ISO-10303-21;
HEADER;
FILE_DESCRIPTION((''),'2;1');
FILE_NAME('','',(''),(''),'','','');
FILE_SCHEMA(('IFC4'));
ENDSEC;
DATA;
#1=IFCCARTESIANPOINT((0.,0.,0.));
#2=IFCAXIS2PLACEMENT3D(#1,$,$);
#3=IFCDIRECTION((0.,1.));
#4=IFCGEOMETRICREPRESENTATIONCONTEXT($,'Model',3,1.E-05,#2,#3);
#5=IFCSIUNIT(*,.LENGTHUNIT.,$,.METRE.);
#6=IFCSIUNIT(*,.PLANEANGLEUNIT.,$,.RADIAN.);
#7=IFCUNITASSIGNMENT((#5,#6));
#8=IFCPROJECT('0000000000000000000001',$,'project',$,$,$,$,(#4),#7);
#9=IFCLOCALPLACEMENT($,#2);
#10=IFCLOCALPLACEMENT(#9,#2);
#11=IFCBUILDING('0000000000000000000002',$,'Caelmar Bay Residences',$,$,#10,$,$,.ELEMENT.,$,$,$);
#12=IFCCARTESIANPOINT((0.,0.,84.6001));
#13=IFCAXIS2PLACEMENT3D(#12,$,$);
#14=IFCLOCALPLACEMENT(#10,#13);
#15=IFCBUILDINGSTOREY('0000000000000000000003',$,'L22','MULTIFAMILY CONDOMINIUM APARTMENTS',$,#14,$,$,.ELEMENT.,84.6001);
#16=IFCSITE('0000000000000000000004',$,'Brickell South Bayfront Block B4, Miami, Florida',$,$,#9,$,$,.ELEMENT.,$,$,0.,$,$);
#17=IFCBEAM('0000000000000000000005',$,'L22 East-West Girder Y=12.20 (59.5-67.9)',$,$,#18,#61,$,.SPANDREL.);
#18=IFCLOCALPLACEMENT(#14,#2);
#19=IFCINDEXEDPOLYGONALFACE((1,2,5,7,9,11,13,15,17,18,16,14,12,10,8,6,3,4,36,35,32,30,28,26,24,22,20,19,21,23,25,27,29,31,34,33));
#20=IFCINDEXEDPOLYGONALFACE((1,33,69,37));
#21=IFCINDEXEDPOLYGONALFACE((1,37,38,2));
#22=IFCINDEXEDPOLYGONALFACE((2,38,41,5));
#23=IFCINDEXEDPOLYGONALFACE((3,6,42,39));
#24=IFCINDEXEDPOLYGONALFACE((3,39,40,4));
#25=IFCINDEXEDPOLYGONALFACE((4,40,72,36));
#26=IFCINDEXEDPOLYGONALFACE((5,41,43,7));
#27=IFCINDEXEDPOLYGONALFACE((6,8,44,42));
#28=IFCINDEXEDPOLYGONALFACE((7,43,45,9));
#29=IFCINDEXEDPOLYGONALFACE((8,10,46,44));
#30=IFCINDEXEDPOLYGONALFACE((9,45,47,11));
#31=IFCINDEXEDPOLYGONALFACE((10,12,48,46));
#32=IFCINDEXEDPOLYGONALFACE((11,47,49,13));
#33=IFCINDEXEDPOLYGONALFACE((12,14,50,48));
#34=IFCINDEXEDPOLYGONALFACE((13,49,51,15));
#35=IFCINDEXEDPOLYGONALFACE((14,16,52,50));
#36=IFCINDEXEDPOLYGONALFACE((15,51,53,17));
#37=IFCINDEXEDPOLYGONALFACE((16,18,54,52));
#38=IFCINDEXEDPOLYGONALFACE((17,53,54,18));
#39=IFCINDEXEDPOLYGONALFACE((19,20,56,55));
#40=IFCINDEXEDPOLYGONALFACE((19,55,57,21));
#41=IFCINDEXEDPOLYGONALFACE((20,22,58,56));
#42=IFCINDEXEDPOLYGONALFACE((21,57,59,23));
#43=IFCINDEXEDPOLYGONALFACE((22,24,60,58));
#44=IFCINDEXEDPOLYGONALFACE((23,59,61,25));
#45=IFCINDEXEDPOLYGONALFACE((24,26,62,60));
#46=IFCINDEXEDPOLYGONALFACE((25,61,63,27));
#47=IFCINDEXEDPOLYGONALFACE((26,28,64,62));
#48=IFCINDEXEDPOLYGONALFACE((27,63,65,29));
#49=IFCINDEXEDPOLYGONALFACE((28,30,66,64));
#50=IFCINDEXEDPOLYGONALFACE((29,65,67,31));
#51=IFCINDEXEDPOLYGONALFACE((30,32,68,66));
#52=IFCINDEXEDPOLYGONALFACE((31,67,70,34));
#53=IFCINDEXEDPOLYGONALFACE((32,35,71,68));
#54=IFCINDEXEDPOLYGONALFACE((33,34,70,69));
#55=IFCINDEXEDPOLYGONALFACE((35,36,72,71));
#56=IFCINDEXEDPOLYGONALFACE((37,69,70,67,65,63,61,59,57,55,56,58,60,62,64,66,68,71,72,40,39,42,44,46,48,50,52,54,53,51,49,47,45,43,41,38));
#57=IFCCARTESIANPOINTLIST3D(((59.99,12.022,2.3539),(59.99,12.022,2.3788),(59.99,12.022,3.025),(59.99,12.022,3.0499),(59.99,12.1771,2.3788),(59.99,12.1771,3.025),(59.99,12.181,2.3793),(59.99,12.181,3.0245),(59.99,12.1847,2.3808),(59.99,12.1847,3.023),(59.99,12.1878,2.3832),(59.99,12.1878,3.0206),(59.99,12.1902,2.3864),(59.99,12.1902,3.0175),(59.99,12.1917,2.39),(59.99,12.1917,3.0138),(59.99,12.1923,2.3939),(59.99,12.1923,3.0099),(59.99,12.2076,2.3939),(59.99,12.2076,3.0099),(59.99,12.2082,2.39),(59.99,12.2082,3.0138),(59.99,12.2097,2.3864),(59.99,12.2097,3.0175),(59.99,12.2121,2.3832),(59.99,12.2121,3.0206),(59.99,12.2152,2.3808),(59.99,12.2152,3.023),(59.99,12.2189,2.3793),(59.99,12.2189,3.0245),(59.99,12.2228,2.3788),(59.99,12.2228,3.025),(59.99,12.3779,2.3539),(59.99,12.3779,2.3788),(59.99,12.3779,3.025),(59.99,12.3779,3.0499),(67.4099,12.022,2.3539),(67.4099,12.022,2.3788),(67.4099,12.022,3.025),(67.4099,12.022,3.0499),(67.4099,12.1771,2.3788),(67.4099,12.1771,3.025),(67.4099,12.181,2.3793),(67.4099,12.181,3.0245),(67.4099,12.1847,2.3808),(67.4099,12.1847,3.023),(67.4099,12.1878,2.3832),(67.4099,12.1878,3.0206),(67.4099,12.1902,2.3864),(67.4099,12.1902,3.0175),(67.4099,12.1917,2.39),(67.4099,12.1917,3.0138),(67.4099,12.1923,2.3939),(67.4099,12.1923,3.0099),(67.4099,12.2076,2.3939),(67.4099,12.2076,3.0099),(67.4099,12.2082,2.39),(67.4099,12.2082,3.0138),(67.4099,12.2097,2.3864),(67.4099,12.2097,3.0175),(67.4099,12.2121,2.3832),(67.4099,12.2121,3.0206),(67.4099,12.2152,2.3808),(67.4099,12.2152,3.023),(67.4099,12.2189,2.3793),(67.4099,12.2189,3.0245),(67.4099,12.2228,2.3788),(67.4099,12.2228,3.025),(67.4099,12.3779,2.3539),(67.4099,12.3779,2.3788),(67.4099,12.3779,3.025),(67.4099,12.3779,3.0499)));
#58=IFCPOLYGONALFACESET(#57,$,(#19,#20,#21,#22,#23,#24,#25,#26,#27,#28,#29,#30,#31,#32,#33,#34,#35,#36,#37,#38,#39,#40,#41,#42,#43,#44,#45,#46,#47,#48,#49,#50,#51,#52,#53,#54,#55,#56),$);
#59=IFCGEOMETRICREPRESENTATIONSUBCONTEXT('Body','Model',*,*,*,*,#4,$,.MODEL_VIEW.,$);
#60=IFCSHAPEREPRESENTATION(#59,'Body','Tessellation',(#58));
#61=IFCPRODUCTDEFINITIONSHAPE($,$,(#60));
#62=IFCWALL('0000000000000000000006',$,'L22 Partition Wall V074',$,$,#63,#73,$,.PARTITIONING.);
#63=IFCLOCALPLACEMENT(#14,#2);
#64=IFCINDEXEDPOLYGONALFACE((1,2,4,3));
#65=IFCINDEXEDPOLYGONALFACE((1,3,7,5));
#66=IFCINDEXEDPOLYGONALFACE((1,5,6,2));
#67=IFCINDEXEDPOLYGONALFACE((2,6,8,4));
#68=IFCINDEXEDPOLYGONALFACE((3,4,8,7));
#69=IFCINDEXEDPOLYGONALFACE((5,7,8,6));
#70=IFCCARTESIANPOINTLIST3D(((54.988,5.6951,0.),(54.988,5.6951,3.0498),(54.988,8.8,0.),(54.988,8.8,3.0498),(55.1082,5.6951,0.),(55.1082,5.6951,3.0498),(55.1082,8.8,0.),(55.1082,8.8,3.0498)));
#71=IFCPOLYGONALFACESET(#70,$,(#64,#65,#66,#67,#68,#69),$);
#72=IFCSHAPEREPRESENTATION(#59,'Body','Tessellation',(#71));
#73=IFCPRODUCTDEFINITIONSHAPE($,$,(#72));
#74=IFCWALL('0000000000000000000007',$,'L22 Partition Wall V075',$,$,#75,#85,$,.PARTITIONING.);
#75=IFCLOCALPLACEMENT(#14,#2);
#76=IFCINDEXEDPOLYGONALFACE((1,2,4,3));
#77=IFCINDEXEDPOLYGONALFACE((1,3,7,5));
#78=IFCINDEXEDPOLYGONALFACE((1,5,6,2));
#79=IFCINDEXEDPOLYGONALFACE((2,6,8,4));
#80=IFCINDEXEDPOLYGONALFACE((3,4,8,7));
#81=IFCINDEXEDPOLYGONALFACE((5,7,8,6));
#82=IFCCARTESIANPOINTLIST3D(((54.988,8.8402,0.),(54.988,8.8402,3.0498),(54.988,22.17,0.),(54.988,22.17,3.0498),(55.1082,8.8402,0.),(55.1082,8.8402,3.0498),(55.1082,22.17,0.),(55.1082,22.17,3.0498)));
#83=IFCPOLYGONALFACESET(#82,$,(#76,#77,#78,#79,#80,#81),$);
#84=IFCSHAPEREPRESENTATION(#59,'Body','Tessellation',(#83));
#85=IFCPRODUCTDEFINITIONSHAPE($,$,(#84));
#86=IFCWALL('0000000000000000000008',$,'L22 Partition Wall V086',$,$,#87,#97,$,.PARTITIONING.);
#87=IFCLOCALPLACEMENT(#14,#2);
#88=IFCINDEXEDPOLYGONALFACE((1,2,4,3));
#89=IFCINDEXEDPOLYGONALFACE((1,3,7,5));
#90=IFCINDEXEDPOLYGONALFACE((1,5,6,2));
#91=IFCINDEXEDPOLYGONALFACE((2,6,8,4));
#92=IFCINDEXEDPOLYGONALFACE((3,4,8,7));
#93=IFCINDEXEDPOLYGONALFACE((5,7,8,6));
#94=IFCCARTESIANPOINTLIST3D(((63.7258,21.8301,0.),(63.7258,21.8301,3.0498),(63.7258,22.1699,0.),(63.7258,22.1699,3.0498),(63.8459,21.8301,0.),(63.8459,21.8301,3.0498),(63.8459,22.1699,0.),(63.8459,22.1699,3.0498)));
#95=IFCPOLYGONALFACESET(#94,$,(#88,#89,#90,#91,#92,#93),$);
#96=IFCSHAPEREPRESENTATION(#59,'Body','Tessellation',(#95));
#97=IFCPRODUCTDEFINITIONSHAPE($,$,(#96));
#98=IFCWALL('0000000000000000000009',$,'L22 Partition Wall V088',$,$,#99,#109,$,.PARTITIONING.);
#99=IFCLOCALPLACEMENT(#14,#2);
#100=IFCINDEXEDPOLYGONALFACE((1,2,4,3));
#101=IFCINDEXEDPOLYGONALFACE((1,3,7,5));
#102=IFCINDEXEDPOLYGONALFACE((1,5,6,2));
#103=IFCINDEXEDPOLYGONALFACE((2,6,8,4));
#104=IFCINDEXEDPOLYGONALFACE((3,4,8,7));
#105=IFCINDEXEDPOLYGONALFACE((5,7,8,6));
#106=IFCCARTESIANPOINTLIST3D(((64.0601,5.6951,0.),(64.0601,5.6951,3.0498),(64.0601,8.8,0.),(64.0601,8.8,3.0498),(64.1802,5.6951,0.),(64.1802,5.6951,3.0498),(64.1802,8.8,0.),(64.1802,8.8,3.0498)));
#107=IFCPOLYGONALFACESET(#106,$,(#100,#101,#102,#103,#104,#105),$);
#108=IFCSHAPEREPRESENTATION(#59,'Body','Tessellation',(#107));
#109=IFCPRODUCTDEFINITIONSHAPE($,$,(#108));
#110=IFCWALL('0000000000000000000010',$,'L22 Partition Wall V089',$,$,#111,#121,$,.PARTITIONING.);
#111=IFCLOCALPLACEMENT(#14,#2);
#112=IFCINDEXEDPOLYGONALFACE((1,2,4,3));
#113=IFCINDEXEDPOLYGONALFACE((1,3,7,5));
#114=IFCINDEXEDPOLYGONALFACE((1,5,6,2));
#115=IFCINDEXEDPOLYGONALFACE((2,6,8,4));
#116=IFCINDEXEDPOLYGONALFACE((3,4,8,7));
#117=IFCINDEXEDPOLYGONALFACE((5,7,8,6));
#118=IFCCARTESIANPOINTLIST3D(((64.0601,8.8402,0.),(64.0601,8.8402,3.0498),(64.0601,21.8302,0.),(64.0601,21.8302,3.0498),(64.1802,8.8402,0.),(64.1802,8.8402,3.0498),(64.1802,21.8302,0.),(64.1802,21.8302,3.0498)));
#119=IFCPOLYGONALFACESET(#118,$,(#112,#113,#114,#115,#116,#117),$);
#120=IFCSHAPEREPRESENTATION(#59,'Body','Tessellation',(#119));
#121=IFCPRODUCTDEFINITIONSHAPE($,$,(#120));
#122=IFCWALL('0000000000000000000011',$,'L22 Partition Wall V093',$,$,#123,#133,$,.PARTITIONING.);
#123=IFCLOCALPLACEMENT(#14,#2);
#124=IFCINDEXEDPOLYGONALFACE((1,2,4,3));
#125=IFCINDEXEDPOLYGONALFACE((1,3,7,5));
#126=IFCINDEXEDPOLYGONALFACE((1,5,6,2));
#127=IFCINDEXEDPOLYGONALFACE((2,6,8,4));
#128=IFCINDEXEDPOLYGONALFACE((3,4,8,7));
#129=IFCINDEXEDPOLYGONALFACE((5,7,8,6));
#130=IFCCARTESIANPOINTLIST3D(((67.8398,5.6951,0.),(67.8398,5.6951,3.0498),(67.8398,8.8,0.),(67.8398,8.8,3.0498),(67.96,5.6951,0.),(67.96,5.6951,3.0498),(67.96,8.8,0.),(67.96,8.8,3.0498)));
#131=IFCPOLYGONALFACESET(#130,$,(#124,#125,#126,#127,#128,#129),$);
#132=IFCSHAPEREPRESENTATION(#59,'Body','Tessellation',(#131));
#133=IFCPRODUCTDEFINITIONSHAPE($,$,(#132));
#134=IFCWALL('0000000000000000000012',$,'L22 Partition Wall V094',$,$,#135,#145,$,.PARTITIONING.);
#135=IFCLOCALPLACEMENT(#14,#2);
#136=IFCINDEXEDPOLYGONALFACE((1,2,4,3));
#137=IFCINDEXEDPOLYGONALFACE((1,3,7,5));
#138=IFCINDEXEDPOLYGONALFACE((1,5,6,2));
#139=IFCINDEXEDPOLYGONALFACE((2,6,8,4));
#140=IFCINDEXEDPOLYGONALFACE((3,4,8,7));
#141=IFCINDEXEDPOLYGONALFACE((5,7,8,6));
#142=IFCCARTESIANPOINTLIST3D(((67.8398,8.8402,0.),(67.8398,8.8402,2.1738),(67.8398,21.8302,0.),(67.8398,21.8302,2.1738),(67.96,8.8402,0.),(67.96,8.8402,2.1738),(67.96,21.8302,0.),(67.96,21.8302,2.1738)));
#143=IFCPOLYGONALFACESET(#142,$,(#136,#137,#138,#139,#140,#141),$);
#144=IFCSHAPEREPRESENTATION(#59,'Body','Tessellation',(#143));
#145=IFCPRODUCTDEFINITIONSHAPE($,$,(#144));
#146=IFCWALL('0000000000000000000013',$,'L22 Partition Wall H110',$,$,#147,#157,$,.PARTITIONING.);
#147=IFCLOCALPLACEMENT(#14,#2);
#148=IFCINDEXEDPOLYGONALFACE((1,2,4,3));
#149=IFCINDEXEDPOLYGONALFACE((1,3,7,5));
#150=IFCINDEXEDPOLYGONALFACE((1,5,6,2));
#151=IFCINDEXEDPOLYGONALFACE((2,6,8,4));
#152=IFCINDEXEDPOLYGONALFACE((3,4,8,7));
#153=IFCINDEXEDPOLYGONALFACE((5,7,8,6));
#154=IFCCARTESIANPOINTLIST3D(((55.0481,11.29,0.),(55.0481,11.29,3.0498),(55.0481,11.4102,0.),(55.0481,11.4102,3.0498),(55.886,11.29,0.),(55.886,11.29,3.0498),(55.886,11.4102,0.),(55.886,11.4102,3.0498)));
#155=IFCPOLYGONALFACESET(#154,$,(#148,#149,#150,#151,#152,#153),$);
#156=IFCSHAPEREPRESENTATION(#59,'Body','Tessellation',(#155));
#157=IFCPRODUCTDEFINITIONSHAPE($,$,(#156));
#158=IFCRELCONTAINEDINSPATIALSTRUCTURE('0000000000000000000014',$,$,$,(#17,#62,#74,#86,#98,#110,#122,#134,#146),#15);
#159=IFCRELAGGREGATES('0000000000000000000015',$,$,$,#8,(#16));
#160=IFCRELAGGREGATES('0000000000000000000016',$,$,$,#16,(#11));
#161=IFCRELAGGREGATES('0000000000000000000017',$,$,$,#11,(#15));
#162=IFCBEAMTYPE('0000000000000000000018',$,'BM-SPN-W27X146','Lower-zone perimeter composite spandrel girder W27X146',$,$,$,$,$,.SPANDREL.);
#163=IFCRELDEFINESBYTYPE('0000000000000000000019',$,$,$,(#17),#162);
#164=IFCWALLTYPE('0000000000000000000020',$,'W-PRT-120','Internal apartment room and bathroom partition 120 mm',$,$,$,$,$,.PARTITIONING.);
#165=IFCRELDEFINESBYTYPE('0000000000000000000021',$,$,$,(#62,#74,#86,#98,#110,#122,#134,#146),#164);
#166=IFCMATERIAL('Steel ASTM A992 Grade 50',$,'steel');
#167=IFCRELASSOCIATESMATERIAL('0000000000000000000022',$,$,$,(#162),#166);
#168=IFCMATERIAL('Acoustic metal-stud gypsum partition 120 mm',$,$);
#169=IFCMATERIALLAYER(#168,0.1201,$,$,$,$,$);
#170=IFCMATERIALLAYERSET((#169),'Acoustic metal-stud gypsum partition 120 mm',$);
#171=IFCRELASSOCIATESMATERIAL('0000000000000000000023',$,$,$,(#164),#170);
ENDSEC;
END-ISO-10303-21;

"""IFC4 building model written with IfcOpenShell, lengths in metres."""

from ifc_helpers import new_model, si_unit, direction, frame, frame_2d, origin, origin_2d, place, context, subcontext, project, spatial, rectangle, i_section, extrude, material, layer, layer_set, material_profile, profile_set, type_object, element, save


model = new_model("IFC4")

# Units and contexts
model_context = context("Model", 3, precision=1e-05, world=origin(), true_north=direction((0.0, 1.0)))
body_context = subcontext(model_context, "Body", "Model", "MODEL_VIEW")
ifc_project = project(units=[si_unit("LENGTHUNIT", "METRE"), si_unit("PLANEANGLEUNIT", "RADIAN")], contexts=[model_context])

# Site, building, storey
site_placement = place(None, origin())
site = spatial("IfcSite", under=ifc_project, at=site_placement, Name="Brickell South Bayfront Block B4, Miami, Florida", CompositionType="ELEMENT", RefElevation=0.0)
building_placement = place(site_placement, origin())
building = spatial("IfcBuilding", under=site, at=building_placement, Name="Caelmar Bay Residences", CompositionType="ELEMENT")
storey_placement = place(building_placement, frame((0.0, 0.0, 84.6001)))
storey = spatial("IfcBuildingStorey", under=building, at=storey_placement, Name="L22", Description="MULTIFAMILY CONDOMINIUM APARTMENTS", CompositionType="ELEMENT", Elevation=84.6001)

# Beam
ifc_material_1 = material(Name="Steel ASTM A992 Grade 50", Category="steel")
ifc_material_profile_1 = material_profile(ifc_material_1, i_section(OverallWidth=0.356, OverallDepth=0.696, WebThickness=0.0154, FlangeThickness=0.0249, FilletRadius=0.0151, at=origin_2d()), Name="W27X146")
ifc_profile_set_1 = profile_set([ifc_material_profile_1], Name="Steel ASTM A992 Grade 50")
beam_type_1 = type_object("IfcBeamType", Name="BM-SPN-W27X146", Description="Lower-zone perimeter composite spandrel girder W27X146", PredefinedType="SPANDREL", material=ifc_profile_set_1)
beam_1_placement = place(storey_placement, frame((59.99, 12.2, 2.7019), z_axis=(1.0, 0.0, 0.0), x_axis=(0.0, 1.0, 0.0)))
element("IfcBeam", 1, at=beam_1_placement, inside=storey, type_object=beam_type_1, Name="L22 East-West Girder Y=12.20 (59.5-67.9)", PredefinedType="SPANDREL", context=body_context, shape_type="SweptSolid", body=[
    extrude(i_section(OverallWidth=0.356, OverallDepth=0.696, WebThickness=0.0154, FlangeThickness=0.0249, FilletRadius=0.0151, at=origin_2d()), origin(), (0.0, 0.0, 1.0), 7.4199),
])

# Walls
ifc_material_2 = material(Name="Acoustic metal-stud gypsum partition 120 mm")
ifc_layer_1 = layer(ifc_material_2, 0.1201)
ifc_layer_set_1 = layer_set([ifc_layer_1], Name="Acoustic metal-stud gypsum partition 120 mm")
wall_type_1 = type_object("IfcWallType", Name="W-PRT-120", Description="Internal apartment room and bathroom partition 120 mm", PredefinedType="PARTITIONING", material=ifc_layer_set_1)
wall_1_placement = place(storey_placement, frame((55.0481, 5.6951, 0.0), z_axis=(0.0, 0.0, 1.0), x_axis=(0.0, 1.0, 0.0)))
element("IfcWall", 2, at=wall_1_placement, inside=storey, type_object=wall_type_1, Name="L22 Partition Wall V074", PredefinedType="PARTITIONING", context=body_context, shape_type="SweptSolid", body=[
    extrude(rectangle(XDim=3.105, YDim=0.1201, at=frame_2d((1.5525, 0.0))), origin(), (0.0, 0.0, 1.0), 3.0498),
])
wall_2_placement = place(storey_placement, frame((55.0481, 8.8401, 0.0), z_axis=(0.0, 0.0, 1.0), x_axis=(0.0, 1.0, 0.0)))
element("IfcWall", 3, at=wall_2_placement, inside=storey, type_object=wall_type_1, Name="L22 Partition Wall V075", PredefinedType="PARTITIONING", context=body_context, shape_type="SweptSolid", body=[
    extrude(rectangle(XDim=13.3298, YDim=0.1201, at=frame_2d((6.665, 0.0))), origin(), (0.0, 0.0, 1.0), 3.0498),
])
wall_3_placement = place(storey_placement, frame((63.7859, 21.8301, 0.0), z_axis=(0.0, 0.0, 1.0), x_axis=(0.0, 1.0, 0.0)))
element("IfcWall", 4, at=wall_3_placement, inside=storey, type_object=wall_type_1, Name="L22 Partition Wall V086", PredefinedType="PARTITIONING", context=body_context, shape_type="SweptSolid", body=[
    extrude(rectangle(XDim=0.3398, YDim=0.1201, at=frame_2d((0.1699, 0.0))), origin(), (0.0, 0.0, 1.0), 3.0498),
])
wall_4_placement = place(storey_placement, frame((64.1201, 5.6951, 0.0), z_axis=(0.0, 0.0, 1.0), x_axis=(0.0, 1.0, 0.0)))
element("IfcWall", 5, at=wall_4_placement, inside=storey, type_object=wall_type_1, Name="L22 Partition Wall V088", PredefinedType="PARTITIONING", context=body_context, shape_type="SweptSolid", body=[
    extrude(rectangle(XDim=3.105, YDim=0.1201, at=frame_2d((1.5525, 0.0))), origin(), (0.0, 0.0, 1.0), 3.0498),
])
wall_5_placement = place(storey_placement, frame((64.1201, 8.8401, 0.0), z_axis=(0.0, 0.0, 1.0), x_axis=(0.0, 1.0, 0.0)))
element("IfcWall", 6, at=wall_5_placement, inside=storey, type_object=wall_type_1, Name="L22 Partition Wall V089", PredefinedType="PARTITIONING", context=body_context, shape_type="SweptSolid", body=[
    extrude(rectangle(XDim=12.99, YDim=0.1201, at=frame_2d((6.4951, 0.0))), origin(), (0.0, 0.0, 1.0), 3.0498),
])
wall_6_placement = place(storey_placement, frame((67.8999, 5.6951, 0.0), z_axis=(0.0, 0.0, 1.0), x_axis=(0.0, 1.0, 0.0)))
element("IfcWall", 7, at=wall_6_placement, inside=storey, type_object=wall_type_1, Name="L22 Partition Wall V093", PredefinedType="PARTITIONING", context=body_context, shape_type="SweptSolid", body=[
    extrude(rectangle(XDim=3.105, YDim=0.1201, at=frame_2d((1.5525, 0.0))), origin(), (0.0, 0.0, 1.0), 3.0498),
])
wall_7_placement = place(storey_placement, frame((67.8999, 8.8401, 0.0), z_axis=(0.0, 0.0, 1.0), x_axis=(0.0, 1.0, 0.0)))
element("IfcWall", 8, at=wall_7_placement, inside=storey, type_object=wall_type_1, Name="L22 Partition Wall V094", PredefinedType="PARTITIONING", context=body_context, shape_type="SweptSolid", body=[
    extrude(rectangle(XDim=12.99, YDim=0.1201, at=frame_2d((6.4951, 0.0))), origin(), (0.0, 0.0, 1.0), 2.1738),
])
wall_8_placement = place(storey_placement, frame((55.0481, 11.3501, 0.0), z_axis=(0.0, 0.0, 1.0), x_axis=(1.0, 0.0, 0.0)))
element("IfcWall", 9, at=wall_8_placement, inside=storey, type_object=wall_type_1, Name="L22 Partition Wall H110", PredefinedType="PARTITIONING", context=body_context, shape_type="SweptSolid", body=[
    extrude(rectangle(XDim=0.8379, YDim=0.1201, at=frame_2d((0.4189, 0.0))), origin(), (0.0, 0.0, 1.0), 3.0498),
])

save(model, "model.ifc")
